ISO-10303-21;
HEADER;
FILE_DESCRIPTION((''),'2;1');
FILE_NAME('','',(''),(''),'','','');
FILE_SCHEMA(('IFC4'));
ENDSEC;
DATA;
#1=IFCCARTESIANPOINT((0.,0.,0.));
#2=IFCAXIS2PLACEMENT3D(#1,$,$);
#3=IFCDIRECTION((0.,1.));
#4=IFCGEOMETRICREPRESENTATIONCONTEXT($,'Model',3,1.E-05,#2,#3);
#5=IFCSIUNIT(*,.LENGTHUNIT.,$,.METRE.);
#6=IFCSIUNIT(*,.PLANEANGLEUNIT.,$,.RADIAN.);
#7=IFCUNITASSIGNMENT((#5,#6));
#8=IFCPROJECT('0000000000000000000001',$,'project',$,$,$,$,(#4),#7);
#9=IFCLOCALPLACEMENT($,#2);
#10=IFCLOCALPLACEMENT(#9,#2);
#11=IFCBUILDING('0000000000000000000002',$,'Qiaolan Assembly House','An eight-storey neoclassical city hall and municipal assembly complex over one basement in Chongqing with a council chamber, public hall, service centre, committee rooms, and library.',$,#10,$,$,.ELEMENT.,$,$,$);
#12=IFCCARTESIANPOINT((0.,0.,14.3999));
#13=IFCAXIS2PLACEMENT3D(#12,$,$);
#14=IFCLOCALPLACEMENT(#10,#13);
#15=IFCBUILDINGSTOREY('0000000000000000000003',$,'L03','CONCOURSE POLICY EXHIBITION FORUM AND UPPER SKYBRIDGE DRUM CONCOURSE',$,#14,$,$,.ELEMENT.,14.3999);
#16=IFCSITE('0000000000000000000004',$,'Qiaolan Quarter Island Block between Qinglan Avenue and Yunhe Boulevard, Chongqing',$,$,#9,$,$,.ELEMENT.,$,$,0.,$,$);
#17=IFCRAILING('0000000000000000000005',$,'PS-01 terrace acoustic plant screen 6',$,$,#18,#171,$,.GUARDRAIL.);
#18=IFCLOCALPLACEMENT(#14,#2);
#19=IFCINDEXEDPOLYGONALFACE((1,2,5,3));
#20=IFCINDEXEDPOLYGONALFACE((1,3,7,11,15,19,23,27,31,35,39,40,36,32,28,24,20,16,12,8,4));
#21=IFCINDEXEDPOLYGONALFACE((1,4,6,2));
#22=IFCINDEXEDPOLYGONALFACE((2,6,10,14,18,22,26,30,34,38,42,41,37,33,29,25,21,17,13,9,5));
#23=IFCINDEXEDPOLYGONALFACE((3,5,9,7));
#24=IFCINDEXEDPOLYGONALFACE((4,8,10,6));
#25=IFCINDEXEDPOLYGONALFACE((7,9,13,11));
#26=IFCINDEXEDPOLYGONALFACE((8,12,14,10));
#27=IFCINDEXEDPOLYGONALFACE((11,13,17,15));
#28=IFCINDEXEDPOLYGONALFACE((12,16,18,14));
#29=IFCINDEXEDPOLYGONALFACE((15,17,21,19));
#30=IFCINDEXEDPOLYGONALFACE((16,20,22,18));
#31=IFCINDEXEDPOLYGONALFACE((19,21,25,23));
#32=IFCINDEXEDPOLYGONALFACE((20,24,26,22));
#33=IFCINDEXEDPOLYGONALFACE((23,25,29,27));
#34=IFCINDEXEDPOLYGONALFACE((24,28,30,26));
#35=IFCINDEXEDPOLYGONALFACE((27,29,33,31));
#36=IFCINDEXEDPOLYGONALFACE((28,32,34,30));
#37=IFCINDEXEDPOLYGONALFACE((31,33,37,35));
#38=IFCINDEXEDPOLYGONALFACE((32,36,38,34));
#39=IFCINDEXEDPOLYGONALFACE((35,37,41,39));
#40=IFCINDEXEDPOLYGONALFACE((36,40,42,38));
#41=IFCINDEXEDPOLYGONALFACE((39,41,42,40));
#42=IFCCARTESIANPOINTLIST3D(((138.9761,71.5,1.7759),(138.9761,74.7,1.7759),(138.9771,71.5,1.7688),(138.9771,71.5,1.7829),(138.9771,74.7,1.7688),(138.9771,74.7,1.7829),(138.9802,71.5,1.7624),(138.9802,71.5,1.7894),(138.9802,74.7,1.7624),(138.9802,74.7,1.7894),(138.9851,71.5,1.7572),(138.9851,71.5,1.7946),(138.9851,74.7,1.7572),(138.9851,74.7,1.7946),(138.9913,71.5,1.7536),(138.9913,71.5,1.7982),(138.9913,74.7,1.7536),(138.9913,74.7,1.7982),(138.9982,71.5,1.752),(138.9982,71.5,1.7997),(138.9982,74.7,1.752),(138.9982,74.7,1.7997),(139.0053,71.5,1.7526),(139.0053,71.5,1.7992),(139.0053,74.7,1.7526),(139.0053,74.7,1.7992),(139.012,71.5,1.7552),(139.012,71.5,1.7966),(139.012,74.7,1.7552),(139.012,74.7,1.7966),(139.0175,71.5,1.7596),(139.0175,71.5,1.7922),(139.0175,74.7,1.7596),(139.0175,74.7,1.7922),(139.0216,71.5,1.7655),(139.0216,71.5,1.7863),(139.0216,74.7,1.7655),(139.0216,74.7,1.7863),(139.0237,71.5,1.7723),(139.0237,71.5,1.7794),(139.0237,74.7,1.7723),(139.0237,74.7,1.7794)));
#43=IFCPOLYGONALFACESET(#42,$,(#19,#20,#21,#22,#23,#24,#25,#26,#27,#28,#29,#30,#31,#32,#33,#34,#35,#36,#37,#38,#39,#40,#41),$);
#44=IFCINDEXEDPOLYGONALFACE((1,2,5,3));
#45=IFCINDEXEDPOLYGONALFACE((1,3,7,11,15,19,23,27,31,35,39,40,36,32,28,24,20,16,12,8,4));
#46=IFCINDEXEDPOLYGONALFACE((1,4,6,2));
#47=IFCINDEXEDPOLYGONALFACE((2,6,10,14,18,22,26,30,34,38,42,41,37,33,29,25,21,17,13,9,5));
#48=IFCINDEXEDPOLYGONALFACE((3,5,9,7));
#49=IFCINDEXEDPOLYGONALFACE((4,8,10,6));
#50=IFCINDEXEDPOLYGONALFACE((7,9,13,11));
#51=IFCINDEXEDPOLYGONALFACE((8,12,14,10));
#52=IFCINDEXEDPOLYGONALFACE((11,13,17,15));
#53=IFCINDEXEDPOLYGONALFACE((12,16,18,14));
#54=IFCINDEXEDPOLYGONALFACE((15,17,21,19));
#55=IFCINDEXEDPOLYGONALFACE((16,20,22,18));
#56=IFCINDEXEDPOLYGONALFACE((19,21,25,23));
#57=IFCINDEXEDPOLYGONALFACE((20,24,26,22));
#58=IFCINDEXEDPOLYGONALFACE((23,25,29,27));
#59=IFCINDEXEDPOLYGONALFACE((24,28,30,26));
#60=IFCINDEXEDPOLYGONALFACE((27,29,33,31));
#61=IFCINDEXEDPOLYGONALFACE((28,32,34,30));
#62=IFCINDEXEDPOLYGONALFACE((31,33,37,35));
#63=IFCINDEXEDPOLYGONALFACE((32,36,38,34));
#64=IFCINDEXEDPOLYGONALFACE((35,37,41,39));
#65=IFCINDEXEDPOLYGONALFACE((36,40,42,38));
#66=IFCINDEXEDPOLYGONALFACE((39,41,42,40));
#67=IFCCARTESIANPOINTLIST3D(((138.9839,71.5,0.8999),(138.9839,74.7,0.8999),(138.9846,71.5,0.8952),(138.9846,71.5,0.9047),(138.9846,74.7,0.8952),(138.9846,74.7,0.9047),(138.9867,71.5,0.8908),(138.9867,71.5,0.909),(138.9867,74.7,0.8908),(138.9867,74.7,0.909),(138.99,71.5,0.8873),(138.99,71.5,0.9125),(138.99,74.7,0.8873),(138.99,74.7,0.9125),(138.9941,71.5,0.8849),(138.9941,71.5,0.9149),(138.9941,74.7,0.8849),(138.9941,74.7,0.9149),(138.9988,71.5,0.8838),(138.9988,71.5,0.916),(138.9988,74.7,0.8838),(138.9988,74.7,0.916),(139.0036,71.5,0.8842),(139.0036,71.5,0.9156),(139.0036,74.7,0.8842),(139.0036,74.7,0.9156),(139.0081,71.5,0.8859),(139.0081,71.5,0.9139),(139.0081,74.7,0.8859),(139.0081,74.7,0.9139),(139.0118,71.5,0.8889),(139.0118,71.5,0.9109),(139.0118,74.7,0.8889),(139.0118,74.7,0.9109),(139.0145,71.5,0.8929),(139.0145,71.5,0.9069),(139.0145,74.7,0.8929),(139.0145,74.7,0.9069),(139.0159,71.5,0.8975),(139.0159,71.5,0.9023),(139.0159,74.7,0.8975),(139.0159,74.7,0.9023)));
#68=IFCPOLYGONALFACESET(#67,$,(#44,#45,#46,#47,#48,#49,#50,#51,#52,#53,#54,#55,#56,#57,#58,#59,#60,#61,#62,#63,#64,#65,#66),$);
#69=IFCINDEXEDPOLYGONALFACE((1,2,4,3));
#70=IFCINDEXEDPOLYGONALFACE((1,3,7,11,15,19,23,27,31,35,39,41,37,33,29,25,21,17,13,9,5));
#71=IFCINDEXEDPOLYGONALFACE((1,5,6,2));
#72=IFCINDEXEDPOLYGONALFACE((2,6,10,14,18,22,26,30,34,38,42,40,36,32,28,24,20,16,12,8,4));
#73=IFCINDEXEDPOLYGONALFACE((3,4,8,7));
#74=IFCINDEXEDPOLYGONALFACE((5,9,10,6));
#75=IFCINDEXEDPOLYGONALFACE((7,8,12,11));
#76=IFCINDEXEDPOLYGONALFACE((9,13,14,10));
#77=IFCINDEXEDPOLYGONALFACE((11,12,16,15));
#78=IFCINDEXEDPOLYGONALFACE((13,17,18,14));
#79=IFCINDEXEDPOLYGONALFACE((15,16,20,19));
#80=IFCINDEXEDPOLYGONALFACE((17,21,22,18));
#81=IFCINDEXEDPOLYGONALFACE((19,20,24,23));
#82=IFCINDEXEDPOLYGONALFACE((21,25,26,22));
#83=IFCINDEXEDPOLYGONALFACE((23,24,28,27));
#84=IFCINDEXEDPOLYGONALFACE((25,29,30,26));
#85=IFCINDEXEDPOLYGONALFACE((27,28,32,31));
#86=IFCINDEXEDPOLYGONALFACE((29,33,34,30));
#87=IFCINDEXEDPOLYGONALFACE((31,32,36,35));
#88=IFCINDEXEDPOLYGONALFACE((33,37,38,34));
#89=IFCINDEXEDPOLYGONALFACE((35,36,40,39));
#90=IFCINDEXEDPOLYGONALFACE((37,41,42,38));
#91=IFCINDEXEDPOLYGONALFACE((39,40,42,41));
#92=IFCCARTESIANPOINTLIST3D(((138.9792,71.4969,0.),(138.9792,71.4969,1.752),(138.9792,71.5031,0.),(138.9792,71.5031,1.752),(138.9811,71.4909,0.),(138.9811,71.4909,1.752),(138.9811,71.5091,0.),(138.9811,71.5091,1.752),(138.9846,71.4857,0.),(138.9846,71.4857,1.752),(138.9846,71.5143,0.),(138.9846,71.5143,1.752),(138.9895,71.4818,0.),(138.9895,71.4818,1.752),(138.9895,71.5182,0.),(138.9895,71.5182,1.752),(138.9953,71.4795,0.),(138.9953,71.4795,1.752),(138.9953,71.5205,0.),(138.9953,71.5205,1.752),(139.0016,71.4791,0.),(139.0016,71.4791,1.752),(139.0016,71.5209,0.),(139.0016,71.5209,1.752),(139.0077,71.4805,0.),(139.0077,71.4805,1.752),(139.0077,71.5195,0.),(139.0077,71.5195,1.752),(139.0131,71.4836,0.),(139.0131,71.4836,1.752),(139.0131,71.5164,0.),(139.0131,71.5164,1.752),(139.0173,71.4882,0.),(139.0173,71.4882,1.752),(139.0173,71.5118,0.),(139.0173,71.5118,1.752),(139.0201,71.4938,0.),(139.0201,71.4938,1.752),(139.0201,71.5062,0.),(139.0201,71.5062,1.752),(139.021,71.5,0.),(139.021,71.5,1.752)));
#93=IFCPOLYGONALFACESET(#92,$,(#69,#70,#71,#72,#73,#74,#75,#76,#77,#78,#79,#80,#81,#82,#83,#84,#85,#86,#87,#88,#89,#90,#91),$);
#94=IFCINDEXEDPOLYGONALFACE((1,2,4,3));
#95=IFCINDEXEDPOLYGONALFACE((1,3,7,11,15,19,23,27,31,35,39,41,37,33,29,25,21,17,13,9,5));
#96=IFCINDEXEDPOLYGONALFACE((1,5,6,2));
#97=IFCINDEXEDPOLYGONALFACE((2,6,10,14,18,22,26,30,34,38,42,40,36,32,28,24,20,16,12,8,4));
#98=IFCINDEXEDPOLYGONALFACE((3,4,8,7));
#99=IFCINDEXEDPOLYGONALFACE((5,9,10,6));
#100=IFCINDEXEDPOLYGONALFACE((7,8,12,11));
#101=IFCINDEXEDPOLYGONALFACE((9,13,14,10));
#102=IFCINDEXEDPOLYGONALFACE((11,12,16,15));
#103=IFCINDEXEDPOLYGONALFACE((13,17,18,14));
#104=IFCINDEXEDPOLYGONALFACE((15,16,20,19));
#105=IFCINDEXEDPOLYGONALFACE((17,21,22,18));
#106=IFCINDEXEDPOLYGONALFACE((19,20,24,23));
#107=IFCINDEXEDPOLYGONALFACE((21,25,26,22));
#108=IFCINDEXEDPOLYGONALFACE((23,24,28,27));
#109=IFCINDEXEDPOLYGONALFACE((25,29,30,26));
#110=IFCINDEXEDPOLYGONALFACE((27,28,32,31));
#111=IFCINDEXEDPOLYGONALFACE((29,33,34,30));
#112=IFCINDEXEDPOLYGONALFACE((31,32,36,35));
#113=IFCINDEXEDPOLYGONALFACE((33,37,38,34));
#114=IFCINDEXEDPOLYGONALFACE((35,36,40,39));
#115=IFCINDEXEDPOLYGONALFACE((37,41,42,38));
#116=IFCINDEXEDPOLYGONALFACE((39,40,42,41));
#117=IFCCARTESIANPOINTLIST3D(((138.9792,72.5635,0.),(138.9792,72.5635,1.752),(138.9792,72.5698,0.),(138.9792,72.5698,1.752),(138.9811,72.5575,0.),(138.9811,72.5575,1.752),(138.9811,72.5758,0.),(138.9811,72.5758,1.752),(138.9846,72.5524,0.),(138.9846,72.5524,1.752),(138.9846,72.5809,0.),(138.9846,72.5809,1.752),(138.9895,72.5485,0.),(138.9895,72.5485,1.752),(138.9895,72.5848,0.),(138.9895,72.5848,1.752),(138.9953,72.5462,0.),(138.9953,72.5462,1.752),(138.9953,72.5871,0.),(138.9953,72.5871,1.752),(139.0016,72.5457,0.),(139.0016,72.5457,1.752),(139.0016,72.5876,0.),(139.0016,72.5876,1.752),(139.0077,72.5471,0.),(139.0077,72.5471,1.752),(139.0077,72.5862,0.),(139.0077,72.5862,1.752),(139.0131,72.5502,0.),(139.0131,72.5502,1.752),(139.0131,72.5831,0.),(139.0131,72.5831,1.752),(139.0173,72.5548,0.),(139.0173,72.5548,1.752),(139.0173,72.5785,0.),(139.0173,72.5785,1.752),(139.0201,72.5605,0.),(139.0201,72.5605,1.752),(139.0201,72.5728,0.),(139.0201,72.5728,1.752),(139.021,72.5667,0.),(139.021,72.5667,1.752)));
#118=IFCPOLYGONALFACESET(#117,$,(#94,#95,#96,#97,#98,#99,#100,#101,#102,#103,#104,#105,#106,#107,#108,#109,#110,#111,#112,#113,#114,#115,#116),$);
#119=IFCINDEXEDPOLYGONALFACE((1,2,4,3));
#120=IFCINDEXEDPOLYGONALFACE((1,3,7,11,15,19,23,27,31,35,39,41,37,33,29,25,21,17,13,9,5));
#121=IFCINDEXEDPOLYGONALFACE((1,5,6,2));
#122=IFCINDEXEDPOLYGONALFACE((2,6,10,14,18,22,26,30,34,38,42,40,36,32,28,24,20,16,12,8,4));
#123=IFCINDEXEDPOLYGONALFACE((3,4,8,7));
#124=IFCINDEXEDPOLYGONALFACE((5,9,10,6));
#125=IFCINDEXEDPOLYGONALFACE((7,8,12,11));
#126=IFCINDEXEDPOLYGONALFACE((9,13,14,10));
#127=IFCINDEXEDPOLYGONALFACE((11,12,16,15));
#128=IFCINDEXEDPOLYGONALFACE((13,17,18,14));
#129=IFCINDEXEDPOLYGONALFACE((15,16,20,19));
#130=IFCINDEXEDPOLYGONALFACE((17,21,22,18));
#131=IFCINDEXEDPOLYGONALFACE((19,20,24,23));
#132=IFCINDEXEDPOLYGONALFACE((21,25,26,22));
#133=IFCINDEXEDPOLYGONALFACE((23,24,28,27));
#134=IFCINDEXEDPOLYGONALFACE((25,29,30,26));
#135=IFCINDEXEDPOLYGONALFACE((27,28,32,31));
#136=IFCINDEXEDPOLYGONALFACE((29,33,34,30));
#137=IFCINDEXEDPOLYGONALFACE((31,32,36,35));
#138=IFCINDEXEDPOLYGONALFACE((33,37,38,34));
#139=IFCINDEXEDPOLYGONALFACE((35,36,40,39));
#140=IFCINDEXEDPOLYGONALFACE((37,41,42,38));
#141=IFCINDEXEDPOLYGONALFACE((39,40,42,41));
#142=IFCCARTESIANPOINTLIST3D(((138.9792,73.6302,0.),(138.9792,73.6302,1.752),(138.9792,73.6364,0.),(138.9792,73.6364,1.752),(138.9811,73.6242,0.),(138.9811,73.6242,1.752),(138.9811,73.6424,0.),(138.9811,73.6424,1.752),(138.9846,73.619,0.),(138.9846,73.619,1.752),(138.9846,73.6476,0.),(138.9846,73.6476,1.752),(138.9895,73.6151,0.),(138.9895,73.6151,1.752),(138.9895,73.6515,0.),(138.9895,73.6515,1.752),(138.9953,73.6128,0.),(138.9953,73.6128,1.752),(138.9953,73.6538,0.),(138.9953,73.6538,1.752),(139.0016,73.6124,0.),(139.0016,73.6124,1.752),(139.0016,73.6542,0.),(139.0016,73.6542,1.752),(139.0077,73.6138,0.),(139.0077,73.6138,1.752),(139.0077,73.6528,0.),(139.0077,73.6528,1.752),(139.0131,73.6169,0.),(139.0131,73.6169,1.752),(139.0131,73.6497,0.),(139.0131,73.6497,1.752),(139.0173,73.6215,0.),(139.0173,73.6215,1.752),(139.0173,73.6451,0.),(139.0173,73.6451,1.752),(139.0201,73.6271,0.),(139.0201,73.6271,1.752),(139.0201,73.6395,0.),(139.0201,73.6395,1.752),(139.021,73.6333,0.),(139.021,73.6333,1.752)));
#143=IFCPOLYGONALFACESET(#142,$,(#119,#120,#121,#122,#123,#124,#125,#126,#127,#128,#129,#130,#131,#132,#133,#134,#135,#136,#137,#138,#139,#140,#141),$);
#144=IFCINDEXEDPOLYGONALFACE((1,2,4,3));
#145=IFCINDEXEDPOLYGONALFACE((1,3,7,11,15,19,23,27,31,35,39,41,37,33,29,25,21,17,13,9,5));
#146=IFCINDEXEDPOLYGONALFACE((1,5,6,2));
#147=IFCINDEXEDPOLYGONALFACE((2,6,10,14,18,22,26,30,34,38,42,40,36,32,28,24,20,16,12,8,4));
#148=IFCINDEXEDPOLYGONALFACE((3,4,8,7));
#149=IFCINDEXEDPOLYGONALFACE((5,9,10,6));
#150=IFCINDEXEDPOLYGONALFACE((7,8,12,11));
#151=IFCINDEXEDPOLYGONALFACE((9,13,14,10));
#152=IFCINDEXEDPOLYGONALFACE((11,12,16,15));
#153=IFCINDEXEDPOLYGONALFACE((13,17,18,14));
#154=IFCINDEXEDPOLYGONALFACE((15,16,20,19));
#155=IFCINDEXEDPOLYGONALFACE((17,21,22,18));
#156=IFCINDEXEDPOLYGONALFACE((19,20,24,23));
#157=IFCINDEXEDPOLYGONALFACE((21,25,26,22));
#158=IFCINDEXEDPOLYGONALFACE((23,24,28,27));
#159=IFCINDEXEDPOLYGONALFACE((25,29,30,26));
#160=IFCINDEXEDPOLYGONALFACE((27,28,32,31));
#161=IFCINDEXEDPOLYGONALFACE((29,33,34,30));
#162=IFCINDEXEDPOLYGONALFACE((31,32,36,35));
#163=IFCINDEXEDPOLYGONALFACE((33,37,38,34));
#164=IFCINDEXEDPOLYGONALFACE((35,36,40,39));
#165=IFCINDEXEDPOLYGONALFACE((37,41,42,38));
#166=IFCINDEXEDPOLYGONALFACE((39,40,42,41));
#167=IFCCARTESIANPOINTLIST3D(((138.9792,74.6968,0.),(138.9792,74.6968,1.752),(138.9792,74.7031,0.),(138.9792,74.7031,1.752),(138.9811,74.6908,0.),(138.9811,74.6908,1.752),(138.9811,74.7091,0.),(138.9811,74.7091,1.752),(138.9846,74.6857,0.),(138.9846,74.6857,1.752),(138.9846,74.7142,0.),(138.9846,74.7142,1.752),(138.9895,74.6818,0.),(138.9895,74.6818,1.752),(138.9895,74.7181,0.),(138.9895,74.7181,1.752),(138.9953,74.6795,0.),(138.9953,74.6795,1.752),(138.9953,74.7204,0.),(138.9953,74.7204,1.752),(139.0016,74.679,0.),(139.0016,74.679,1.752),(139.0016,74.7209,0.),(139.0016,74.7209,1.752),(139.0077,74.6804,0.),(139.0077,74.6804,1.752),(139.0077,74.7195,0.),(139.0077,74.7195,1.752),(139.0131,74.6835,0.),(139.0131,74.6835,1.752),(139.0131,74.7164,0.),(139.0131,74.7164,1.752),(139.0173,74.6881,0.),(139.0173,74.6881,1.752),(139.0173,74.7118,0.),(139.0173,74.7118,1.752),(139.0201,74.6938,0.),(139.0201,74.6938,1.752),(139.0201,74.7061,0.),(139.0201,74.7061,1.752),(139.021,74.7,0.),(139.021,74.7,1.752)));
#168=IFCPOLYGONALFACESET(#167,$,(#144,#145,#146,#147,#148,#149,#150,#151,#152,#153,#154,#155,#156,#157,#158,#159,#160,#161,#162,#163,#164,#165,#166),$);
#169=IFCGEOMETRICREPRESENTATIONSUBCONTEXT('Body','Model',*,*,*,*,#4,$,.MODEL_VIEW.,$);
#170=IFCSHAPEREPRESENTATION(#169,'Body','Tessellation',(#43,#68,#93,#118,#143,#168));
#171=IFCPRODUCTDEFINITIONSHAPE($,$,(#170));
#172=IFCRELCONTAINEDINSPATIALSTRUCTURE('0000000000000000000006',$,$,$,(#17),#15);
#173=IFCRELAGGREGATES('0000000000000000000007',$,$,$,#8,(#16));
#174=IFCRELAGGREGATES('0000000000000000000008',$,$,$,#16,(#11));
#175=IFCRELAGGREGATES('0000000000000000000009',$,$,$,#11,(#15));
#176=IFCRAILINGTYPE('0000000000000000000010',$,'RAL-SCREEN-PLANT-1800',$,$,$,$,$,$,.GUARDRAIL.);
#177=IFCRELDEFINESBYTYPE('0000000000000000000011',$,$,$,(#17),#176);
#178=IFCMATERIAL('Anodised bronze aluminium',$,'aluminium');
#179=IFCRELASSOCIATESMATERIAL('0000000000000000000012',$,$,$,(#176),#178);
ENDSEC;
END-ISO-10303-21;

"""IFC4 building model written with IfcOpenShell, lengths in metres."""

from ifc_helpers import new_model, si_unit, direction, frame, origin, origin_2d, place, context, subcontext, project, spatial, circle, extrude, material, type_object, element, save


model = new_model("IFC4")

# Units and contexts
model_context = context("Model", 3, precision=1e-05, world=origin(), true_north=direction((0.0, 1.0)))
body_context = subcontext(model_context, "Body", "Model", "MODEL_VIEW")
ifc_project = project(units=[si_unit("LENGTHUNIT", "METRE"), si_unit("PLANEANGLEUNIT", "RADIAN")], contexts=[model_context])

# Site, building, storey
site_placement = place(None, origin())
site = spatial("IfcSite", under=ifc_project, at=site_placement, Name="Qiaolan Quarter Island Block between Qinglan Avenue and Yunhe Boulevard, Chongqing", CompositionType="ELEMENT", RefElevation=0.0)
building_placement = place(site_placement, origin())
building = spatial("IfcBuilding", under=site, at=building_placement, Name="Qiaolan Assembly House", Description="An eight-storey neoclassical city hall and municipal assembly complex over one basement in Chongqing with a council chamber, public hall, service centre, committee rooms, and library.", CompositionType="ELEMENT")
storey_placement = place(building_placement, frame((0.0, 0.0, 14.3999)))
storey = spatial("IfcBuildingStorey", under=building, at=storey_placement, Name="L03", Description="CONCOURSE POLICY EXHIBITION FORUM AND UPPER SKYBRIDGE DRUM CONCOURSE", CompositionType="ELEMENT", Elevation=14.3999)

# Shared definitions
ifc_material_1 = material(Name="Anodised bronze aluminium", Category="aluminium")

# Railing
railing_type = type_object("IfcRailingType", Name="RAL-SCREEN-PLANT-1800", PredefinedType="GUARDRAIL", material=ifc_material_1)
for number, where, name in (
    (1, (139.0, 71.5, 0.0), "PS-01 terrace acoustic plant screen 6"),
):
    element("IfcRailing", number, at=place(storey_placement, frame(where)), inside=storey, type_object=railing_type, Name=name, PredefinedType="GUARDRAIL", context=body_context, shape_type="SweptSolid", body=[
        extrude(circle(Radius=0.0239, at=origin_2d()), frame((0.0, 0.0, 1.7759), z_axis=(0.0, 1.0, 0.0), x_axis=(-1.0, 0.0, 0.0)), (0.0, 0.0, 1.0), 3.2),
        extrude(circle(Radius=0.0161, at=origin_2d()), frame((0.0, 0.0, 0.8999), z_axis=(0.0, 1.0, 0.0), x_axis=(-1.0, 0.0, 0.0)), (0.0, 0.0, 1.0), 3.2),
        extrude(circle(Radius=0.021, at=origin_2d()), origin(), (0.0, 0.0, 1.0), 1.752),
        extrude(circle(Radius=0.021, at=origin_2d()), frame((0.0, 1.0667, 0.0)), (0.0, 0.0, 1.0), 1.752),
        extrude(circle(Radius=0.021, at=origin_2d()), frame((0.0, 2.1333, 0.0)), (0.0, 0.0, 1.0), 1.752),
        extrude(circle(Radius=0.021, at=origin_2d()), frame((0.0, 3.2, 0.0)), (0.0, 0.0, 1.0), 1.752),
    ])

save(model, "model.ifc")
